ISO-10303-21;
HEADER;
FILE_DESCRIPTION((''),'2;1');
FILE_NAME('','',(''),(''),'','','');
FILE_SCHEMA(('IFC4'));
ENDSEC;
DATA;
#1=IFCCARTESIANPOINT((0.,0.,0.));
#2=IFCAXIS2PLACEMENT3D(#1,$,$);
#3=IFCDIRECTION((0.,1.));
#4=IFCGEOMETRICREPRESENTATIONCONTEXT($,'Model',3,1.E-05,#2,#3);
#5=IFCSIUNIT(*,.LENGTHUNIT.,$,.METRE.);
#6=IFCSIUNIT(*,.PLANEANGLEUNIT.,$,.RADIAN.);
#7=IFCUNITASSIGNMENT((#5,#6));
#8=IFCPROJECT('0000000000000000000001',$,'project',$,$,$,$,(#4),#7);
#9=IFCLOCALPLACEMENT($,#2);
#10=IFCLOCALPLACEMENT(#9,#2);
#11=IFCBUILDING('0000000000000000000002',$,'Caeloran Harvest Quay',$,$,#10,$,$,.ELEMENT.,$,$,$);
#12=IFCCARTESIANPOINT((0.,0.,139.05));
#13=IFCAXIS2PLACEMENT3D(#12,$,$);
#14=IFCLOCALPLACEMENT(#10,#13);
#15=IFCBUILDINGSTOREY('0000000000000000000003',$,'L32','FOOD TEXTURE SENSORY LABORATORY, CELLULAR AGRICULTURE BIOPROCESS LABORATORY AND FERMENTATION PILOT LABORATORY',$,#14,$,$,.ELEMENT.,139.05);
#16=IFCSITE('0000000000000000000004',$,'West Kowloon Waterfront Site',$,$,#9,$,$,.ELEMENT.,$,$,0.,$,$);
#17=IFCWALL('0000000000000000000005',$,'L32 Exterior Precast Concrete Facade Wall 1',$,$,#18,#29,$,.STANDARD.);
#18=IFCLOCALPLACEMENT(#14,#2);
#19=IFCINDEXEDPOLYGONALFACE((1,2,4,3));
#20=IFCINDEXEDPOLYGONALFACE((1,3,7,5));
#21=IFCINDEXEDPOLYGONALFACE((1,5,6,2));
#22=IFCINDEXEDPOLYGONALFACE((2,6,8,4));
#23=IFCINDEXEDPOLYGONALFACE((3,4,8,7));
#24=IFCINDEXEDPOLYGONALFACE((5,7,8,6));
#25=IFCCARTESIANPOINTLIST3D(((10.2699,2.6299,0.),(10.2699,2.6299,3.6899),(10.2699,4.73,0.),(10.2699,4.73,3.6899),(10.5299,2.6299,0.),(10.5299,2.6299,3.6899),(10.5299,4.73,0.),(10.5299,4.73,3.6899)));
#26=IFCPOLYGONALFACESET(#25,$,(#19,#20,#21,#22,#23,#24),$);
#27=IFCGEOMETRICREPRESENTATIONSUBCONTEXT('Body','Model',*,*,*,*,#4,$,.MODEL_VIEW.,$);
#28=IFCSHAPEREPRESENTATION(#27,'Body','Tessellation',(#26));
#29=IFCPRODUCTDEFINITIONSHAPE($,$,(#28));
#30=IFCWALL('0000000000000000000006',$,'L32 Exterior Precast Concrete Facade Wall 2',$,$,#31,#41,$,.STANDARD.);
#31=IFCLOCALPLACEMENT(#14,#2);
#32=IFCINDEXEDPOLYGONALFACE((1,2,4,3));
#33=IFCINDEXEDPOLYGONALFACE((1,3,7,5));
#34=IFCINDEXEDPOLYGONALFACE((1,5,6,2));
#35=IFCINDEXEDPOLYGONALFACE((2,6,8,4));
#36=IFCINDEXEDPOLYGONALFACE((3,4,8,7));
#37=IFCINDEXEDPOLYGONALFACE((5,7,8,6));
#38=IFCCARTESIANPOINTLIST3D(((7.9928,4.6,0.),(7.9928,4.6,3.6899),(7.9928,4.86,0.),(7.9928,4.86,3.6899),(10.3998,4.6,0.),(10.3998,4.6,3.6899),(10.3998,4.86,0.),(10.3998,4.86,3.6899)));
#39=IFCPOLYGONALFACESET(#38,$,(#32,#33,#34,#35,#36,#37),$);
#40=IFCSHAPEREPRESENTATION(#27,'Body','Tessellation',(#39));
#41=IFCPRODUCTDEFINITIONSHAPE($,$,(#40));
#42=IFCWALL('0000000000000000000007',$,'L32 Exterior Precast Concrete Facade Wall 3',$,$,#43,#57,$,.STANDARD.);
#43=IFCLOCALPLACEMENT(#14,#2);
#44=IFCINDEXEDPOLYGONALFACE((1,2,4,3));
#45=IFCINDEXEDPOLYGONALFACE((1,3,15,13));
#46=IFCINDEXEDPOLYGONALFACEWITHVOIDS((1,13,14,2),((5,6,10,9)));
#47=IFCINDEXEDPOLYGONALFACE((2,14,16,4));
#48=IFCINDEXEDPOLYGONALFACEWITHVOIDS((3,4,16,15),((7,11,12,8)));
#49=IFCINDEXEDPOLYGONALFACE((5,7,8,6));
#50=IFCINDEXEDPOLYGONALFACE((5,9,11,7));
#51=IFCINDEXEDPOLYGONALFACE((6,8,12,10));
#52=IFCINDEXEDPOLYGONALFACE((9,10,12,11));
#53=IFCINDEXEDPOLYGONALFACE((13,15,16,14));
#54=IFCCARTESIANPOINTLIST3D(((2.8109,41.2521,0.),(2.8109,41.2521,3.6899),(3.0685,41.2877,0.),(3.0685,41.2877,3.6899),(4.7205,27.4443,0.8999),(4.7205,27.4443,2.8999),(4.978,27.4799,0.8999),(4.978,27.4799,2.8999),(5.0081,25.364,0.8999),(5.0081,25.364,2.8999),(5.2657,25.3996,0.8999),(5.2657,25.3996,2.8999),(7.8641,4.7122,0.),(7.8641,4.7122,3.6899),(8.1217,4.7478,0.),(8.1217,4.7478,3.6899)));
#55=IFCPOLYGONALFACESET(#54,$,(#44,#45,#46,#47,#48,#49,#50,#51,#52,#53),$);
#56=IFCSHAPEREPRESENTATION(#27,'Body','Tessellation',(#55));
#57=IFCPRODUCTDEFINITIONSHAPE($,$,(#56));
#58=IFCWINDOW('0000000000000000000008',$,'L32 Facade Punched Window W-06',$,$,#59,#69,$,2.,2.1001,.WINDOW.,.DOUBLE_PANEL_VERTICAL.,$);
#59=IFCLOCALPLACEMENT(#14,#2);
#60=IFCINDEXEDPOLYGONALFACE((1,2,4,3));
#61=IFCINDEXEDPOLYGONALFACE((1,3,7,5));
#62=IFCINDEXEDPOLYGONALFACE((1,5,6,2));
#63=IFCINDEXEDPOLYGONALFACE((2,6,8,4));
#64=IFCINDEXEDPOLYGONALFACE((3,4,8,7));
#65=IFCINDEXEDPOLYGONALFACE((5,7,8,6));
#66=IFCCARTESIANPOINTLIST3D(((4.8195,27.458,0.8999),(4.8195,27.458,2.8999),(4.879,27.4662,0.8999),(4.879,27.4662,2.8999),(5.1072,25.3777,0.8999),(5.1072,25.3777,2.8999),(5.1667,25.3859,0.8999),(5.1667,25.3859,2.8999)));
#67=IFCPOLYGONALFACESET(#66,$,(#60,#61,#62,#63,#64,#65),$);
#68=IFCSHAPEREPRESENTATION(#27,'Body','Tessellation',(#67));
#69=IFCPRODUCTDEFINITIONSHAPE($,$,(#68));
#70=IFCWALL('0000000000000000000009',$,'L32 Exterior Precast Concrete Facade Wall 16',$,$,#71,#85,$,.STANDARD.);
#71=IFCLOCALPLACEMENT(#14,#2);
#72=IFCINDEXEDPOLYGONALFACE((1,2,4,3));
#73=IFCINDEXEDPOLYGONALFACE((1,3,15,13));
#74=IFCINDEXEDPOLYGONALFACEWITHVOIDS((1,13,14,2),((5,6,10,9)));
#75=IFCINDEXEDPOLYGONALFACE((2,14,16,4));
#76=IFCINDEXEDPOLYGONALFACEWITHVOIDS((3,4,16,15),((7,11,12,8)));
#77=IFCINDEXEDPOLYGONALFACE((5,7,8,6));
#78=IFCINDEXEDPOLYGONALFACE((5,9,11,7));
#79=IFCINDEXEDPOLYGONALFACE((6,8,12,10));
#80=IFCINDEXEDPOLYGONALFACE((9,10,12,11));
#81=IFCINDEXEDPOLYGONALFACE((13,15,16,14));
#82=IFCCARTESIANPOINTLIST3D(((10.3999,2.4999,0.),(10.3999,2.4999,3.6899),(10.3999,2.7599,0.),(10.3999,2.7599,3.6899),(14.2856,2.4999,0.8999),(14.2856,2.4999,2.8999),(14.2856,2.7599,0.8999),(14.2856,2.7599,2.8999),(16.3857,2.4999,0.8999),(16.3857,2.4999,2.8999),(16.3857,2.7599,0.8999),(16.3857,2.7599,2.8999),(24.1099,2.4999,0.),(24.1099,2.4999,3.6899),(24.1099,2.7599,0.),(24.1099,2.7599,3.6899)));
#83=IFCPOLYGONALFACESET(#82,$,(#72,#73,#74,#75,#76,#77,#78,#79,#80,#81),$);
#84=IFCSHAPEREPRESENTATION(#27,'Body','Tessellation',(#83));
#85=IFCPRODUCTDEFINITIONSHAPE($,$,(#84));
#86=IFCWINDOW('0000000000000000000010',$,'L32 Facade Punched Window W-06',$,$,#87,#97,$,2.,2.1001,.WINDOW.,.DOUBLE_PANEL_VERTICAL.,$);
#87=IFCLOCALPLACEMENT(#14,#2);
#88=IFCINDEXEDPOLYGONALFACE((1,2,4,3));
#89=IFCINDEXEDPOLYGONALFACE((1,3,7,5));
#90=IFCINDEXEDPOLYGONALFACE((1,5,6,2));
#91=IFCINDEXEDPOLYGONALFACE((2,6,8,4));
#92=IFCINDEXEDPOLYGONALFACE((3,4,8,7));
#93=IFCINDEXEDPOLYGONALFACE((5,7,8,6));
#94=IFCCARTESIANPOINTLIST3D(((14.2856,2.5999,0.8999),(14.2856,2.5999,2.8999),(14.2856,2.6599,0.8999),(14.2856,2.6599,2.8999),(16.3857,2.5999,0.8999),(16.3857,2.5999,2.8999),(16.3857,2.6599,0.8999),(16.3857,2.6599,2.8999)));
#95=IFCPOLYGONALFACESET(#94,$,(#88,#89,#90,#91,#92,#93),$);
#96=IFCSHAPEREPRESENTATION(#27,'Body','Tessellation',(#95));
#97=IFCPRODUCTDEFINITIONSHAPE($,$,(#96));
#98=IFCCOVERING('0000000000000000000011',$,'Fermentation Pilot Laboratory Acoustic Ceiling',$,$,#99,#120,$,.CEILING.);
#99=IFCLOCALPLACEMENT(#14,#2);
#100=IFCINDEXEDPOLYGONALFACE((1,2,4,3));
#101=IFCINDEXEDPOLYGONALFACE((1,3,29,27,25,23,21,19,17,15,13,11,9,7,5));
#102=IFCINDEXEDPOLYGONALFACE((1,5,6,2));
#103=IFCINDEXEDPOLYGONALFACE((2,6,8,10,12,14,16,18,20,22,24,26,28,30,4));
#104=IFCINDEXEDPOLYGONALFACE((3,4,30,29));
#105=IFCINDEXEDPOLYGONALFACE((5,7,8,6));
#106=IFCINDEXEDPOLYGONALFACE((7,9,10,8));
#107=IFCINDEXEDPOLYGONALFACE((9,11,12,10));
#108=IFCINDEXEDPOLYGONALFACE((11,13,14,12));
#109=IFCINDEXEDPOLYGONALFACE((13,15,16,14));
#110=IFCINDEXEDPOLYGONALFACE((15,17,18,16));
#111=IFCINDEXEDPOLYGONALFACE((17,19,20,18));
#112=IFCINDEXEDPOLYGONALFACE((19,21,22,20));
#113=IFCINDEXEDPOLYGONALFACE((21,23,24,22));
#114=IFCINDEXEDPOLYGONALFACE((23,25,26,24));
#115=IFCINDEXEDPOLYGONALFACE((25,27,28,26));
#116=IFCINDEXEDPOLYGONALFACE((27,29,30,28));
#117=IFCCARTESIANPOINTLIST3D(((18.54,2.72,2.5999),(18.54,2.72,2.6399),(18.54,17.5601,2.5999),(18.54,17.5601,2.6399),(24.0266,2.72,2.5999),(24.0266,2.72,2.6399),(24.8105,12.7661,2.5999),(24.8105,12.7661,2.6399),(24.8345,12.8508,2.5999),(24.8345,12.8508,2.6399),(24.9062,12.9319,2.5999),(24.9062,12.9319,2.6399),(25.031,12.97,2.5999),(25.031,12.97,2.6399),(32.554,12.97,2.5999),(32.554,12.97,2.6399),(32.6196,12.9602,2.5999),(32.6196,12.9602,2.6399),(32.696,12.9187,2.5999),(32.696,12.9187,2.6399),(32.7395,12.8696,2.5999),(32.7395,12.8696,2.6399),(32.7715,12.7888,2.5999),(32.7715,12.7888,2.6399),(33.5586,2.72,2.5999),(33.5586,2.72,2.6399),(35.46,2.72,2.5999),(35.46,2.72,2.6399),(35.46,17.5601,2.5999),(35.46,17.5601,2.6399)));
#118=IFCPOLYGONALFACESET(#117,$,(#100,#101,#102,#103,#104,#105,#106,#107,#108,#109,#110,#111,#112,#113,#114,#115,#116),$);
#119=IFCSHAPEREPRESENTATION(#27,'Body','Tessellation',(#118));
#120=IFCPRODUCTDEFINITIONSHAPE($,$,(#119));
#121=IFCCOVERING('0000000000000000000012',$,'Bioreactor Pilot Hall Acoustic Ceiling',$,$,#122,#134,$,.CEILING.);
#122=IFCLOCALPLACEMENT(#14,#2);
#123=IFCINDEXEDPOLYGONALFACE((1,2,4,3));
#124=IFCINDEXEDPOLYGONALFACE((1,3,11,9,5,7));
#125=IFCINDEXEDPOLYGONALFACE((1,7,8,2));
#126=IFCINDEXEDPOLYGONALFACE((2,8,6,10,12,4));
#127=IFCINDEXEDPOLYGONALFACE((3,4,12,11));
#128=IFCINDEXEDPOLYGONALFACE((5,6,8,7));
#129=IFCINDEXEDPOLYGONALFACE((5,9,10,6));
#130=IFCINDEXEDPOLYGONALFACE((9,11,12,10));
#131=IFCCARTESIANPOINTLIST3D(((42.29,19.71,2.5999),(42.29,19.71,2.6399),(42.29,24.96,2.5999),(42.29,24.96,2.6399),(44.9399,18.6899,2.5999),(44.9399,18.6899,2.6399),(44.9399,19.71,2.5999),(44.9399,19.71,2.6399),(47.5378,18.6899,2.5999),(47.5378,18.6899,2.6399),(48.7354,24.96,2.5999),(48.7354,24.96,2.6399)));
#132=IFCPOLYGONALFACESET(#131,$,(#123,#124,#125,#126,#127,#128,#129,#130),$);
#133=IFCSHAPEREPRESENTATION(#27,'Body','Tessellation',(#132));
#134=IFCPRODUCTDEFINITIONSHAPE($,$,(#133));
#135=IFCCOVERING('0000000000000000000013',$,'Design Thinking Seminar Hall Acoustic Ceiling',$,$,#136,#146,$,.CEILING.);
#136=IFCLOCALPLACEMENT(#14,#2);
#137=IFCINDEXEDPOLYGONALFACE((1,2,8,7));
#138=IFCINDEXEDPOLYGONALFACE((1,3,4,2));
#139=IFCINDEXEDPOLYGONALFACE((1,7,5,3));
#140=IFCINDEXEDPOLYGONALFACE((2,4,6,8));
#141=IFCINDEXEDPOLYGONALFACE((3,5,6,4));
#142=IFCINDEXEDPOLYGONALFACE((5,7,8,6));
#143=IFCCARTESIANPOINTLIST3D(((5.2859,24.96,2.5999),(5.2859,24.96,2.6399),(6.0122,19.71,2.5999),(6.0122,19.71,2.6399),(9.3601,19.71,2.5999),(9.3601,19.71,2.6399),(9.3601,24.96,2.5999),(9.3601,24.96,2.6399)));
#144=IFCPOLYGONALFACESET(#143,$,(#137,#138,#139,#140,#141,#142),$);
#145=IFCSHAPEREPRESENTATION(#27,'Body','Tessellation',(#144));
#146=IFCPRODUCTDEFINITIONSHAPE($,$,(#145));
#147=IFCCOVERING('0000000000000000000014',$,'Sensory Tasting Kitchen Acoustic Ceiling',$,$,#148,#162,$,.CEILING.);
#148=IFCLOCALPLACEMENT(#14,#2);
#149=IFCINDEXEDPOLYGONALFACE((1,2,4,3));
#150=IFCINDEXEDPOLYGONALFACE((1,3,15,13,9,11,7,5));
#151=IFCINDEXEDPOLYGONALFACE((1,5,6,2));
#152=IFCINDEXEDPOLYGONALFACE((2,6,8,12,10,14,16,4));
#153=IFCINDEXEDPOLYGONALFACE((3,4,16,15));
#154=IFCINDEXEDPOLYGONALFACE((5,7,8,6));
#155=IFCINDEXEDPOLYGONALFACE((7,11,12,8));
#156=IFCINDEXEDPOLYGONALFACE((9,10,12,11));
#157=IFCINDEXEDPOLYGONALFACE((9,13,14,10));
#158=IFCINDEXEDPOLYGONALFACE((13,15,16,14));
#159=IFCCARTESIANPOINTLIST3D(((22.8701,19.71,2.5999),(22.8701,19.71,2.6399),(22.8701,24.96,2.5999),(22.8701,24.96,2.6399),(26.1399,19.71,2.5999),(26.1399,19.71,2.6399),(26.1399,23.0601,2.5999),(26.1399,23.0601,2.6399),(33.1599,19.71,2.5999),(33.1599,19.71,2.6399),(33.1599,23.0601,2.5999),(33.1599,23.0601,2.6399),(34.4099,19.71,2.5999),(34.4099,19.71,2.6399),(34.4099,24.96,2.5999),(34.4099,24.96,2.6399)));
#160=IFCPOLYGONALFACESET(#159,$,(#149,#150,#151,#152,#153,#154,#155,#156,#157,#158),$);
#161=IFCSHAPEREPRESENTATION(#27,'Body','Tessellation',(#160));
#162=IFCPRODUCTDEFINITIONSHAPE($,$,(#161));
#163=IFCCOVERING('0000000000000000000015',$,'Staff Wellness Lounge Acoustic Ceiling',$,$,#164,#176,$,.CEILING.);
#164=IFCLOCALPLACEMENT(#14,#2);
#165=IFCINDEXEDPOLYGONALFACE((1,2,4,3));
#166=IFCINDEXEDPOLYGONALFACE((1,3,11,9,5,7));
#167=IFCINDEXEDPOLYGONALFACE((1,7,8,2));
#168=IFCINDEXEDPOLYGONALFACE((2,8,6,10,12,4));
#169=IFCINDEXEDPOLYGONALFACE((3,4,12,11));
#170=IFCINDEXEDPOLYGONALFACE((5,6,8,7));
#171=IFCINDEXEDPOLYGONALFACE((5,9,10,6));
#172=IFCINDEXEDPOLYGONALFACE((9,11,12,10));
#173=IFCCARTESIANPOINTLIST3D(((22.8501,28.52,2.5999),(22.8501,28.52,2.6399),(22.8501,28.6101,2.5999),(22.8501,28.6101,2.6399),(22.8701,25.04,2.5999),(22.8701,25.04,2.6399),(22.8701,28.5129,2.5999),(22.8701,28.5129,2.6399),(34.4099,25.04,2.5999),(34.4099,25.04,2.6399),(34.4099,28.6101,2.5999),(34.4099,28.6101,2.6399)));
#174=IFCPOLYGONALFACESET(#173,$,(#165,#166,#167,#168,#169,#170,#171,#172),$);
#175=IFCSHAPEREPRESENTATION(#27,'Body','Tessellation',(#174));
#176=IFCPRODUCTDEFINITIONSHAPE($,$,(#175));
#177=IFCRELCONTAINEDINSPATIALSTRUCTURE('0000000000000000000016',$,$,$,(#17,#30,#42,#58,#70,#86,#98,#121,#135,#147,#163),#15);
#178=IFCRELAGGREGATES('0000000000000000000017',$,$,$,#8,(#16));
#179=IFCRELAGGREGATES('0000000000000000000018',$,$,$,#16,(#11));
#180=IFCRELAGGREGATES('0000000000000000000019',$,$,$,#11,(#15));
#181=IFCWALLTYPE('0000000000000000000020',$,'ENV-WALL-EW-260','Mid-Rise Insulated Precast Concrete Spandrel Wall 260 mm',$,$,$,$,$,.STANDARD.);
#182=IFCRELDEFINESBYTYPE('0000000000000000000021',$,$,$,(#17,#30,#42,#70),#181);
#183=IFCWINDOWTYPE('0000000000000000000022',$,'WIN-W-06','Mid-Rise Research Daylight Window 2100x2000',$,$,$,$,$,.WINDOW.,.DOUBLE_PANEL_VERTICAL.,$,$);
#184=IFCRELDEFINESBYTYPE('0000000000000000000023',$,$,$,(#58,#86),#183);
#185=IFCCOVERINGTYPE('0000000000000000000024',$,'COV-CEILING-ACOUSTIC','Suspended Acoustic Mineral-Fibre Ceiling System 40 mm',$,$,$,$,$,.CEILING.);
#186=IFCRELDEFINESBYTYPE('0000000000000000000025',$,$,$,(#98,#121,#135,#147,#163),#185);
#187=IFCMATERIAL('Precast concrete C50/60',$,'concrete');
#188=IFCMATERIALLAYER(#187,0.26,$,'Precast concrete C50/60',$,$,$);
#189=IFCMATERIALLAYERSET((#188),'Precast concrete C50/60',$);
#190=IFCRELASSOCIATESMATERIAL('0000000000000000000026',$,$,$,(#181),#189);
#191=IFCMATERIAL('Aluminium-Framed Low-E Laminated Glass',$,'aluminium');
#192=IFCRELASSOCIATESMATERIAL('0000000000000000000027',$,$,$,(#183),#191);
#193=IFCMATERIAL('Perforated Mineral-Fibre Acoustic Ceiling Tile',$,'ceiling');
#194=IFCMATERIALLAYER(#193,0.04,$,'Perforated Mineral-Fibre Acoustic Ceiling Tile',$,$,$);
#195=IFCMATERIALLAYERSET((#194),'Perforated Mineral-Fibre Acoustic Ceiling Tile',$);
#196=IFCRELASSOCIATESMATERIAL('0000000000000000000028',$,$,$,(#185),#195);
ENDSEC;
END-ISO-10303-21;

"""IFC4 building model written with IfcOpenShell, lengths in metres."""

from ifc_helpers import new_model, si_unit, direction, frame, frame_2d, origin, place, context, subcontext, project, spatial, polyline, rectangle, outline, extrude, material, layer, layer_set, type_object, element, fill, save


model = new_model("IFC4")

# Units and contexts
model_context = context("Model", 3, precision=1e-05, world=origin(), true_north=direction((0.0, 1.0)))
body_context = subcontext(model_context, "Body", "Model", "MODEL_VIEW")
ifc_project = project(units=[si_unit("LENGTHUNIT", "METRE"), si_unit("PLANEANGLEUNIT", "RADIAN")], contexts=[model_context])

# Site, building, storey
site_placement = place(None, origin())
site = spatial("IfcSite", under=ifc_project, at=site_placement, Name="West Kowloon Waterfront Site", CompositionType="ELEMENT", RefElevation=0.0)
building_placement = place(site_placement, origin())
building = spatial("IfcBuilding", under=site, at=building_placement, Name="Caeloran Harvest Quay", CompositionType="ELEMENT")
storey_placement = place(building_placement, frame((0.0, 0.0, 139.05)))
storey = spatial("IfcBuildingStorey", under=building, at=storey_placement, Name="L32", Description="FOOD TEXTURE SENSORY LABORATORY, CELLULAR AGRICULTURE BIOPROCESS LABORATORY AND FERMENTATION PILOT LABORATORY", CompositionType="ELEMENT", Elevation=139.05)

# Walls
ifc_material_1 = material(Name="Precast concrete C50/60", Category="concrete")
ifc_layer_1 = layer(ifc_material_1, 0.26, Name="Precast concrete C50/60")
ifc_layer_set_1 = layer_set([ifc_layer_1], Name="Precast concrete C50/60")
wall_type = type_object("IfcWallType", Name="ENV-WALL-EW-260", Description="Mid-Rise Insulated Precast Concrete Spandrel Wall 260 mm", PredefinedType="STANDARD", material=ifc_layer_set_1)
wall_1_placement = place(storey_placement, frame((10.3999, 2.6299, 0.0), z_axis=(0.0, 0.0, 1.0), x_axis=(0.0, 1.0, 0.0)))
element("IfcWall", 1, at=wall_1_placement, inside=storey, type_object=wall_type, Name="L32 Exterior Precast Concrete Facade Wall 1", PredefinedType="STANDARD", context=body_context, shape_type="SweptSolid", body=[
    extrude(rectangle(XDim=2.1001, YDim=0.26, at=frame_2d((1.05, 0.0))), origin(), (0.0, 0.0, 1.0), 3.6899),
])
wall_2_placement = place(storey_placement, frame((10.3999, 4.73, 0.0), z_axis=(0.0, 0.0, 1.0), x_axis=(-1.0, 0.0, 0.0)))
element("IfcWall", 2, at=wall_2_placement, inside=storey, type_object=wall_type, Name="L32 Exterior Precast Concrete Facade Wall 2", PredefinedType="STANDARD", context=body_context, shape_type="SweptSolid", body=[
    extrude(rectangle(XDim=2.407, YDim=0.26, at=frame_2d((1.2036, 0.0))), origin(), (0.0, 0.0, 1.0), 3.6899),
])

# Walls, openings, windows
wall_3_placement = place(storey_placement, frame((7.9929, 4.73, 0.0), z_axis=(0.0, 0.0, 1.0), x_axis=(-0.136989, 0.990573, 0.0)))
wall_3 = element("IfcWall", 3, at=wall_3_placement, inside=storey, type_object=wall_type, Name="L32 Exterior Precast Concrete Facade Wall 3", PredefinedType="STANDARD", context=body_context, shape_type="SweptSolid", body=[
    extrude(rectangle(XDim=36.8877, YDim=0.26, at=frame_2d((18.4438, 0.0))), origin(), (0.0, 0.0, 1.0), 3.6899),
])
opening_1_placement = place(wall_3_placement, frame((20.8484, 0.0, 0.8999)))
opening_1 = element("IfcOpeningElement", 4, at=opening_1_placement, cuts=wall_3, PredefinedType="OPENING", context=body_context, shape_type="SweptSolid", body=[
    extrude(rectangle(XDim=2.1001, YDim=2.0, at=frame_2d((1.05, 1.0))), frame((0.0, 0.1401, 0.0), z_axis=(0.0, -1.0, 0.0), x_axis=(1.0, 0.0, 0.0)), (0.0, 0.0, 1.0), 0.28),
])
ifc_material_2 = material(Name="Aluminium-Framed Low-E Laminated Glass", Category="aluminium")
window_type = type_object("IfcWindowType", Name="WIN-W-06", Description="Mid-Rise Research Daylight Window 2100x2000", PartitioningType="DOUBLE_PANEL_VERTICAL", PredefinedType="WINDOW", material=ifc_material_2)
window_1_placement = place(opening_1_placement, origin())
window_1 = element("IfcWindow", 5, at=window_1_placement, inside=storey, type_object=window_type, Name="L32 Facade Punched Window W-06", OverallHeight=2.0, OverallWidth=2.1001, PartitioningType="DOUBLE_PANEL_VERTICAL", PredefinedType="WINDOW", context=body_context, shape_type="SweptSolid", body=[
    extrude(rectangle(XDim=2.1001, YDim=2.0, at=frame_2d((1.05, 1.0))), frame((0.0, 0.03, 0.0), z_axis=(0.0, -1.0, 0.0), x_axis=(1.0, 0.0, 0.0)), (0.0, 0.0, 1.0), 0.0601),
])
fill(opening_1, window_1)
wall_4_placement = place(storey_placement, frame((24.1099, 2.6299, 0.0), z_axis=(0.0, 0.0, 1.0), x_axis=(-1.0, 0.0, 0.0)))
wall_4 = element("IfcWall", 6, at=wall_4_placement, inside=storey, type_object=wall_type, Name="L32 Exterior Precast Concrete Facade Wall 16", PredefinedType="STANDARD", context=body_context, shape_type="SweptSolid", body=[
    extrude(rectangle(XDim=13.71, YDim=0.26, at=frame_2d((6.855, 0.0))), origin(), (0.0, 0.0, 1.0), 3.6899),
])
opening_2_placement = place(wall_4_placement, frame((7.7241, 0.0, 0.8999)))
opening_2 = element("IfcOpeningElement", 7, at=opening_2_placement, cuts=wall_4, PredefinedType="OPENING", context=body_context, shape_type="SweptSolid", body=[
    extrude(rectangle(XDim=2.1001, YDim=2.0, at=frame_2d((1.05, 1.0))), frame((0.0, 0.1401, 0.0), z_axis=(0.0, -1.0, 0.0), x_axis=(1.0, 0.0, 0.0)), (0.0, 0.0, 1.0), 0.28),
])
window_2_placement = place(opening_2_placement, origin())
window_2 = element("IfcWindow", 8, at=window_2_placement, inside=storey, type_object=window_type, Name="L32 Facade Punched Window W-06", OverallHeight=2.0, OverallWidth=2.1001, PartitioningType="DOUBLE_PANEL_VERTICAL", PredefinedType="WINDOW", context=body_context, shape_type="SweptSolid", body=[
    extrude(rectangle(XDim=2.1001, YDim=2.0, at=frame_2d((1.05, 1.0))), frame((0.0, 0.03, 0.0), z_axis=(0.0, -1.0, 0.0), x_axis=(1.0, 0.0, 0.0)), (0.0, 0.0, 1.0), 0.0601),
])
fill(opening_2, window_2)

# Coverings
ifc_material_3 = material(Name="Perforated Mineral-Fibre Acoustic Ceiling Tile", Category="ceiling")
ifc_layer_2 = layer(ifc_material_3, 0.04, Name="Perforated Mineral-Fibre Acoustic Ceiling Tile")
ifc_layer_set_2 = layer_set([ifc_layer_2], Name="Perforated Mineral-Fibre Acoustic Ceiling Tile")
covering_type_1 = type_object("IfcCoveringType", Name="COV-CEILING-ACOUSTIC", Description="Suspended Acoustic Mineral-Fibre Ceiling System 40 mm", PredefinedType="CEILING", material=ifc_layer_set_2)
covering_1_placement = place(storey_placement, frame((0.0, 0.0, 2.5999)))
element("IfcCovering", 9, at=covering_1_placement, inside=storey, type_object=covering_type_1, Name="Fermentation Pilot Laboratory Acoustic Ceiling", PredefinedType="CEILING", context=body_context, shape_type="SweptSolid", body=[
    extrude(outline(polyline([(32.7715, 12.7888), (32.7395, 12.8696), (32.696, 12.9187), (32.6196, 12.9602), (32.554, 12.97), (25.031, 12.97), (24.9062, 12.9319), (24.8345, 12.8508), (24.8105, 12.7661), (24.0266, 2.72), (18.54, 2.72), (18.54, 17.5601), (35.46, 17.5601), (35.46, 2.72), (33.5586, 2.72), (32.7715, 12.7888)])), origin(), (0.0, 0.0, 1.0), 0.04),
])
covering_2_placement = place(storey_placement, frame((0.0, 0.0, 2.5999)))
element("IfcCovering", 10, at=covering_2_placement, inside=storey, type_object=covering_type_1, Name="Bioreactor Pilot Hall Acoustic Ceiling", PredefinedType="CEILING", context=body_context, shape_type="SweptSolid", body=[
    extrude(outline(polyline([(44.9399, 19.71), (42.29, 19.71), (42.29, 24.96), (48.7354, 24.96), (47.5378, 18.6899), (44.9399, 18.6899), (44.9399, 19.71)])), origin(), (0.0, 0.0, 1.0), 0.04),
])
covering_3_placement = place(storey_placement, frame((0.0, 0.0, 2.5999)))
element("IfcCovering", 11, at=covering_3_placement, inside=storey, type_object=covering_type_1, Name="Design Thinking Seminar Hall Acoustic Ceiling", PredefinedType="CEILING", context=body_context, shape_type="SweptSolid", body=[
    extrude(outline(polyline([(9.3601, 19.71), (6.0122, 19.71), (5.2859, 24.96), (9.3601, 24.96), (9.3601, 19.71)])), origin(), (0.0, 0.0, 1.0), 0.04),
])
covering_4_placement = place(storey_placement, frame((0.0, 0.0, 2.5999)))
element("IfcCovering", 12, at=covering_4_placement, inside=storey, type_object=covering_type_1, Name="Sensory Tasting Kitchen Acoustic Ceiling", PredefinedType="CEILING", context=body_context, shape_type="SweptSolid", body=[
    extrude(outline(polyline([(26.1399, 23.0601), (26.1399, 19.71), (22.8701, 19.71), (22.8701, 24.96), (34.4099, 24.96), (34.4099, 19.71), (33.1599, 19.71), (33.1599, 23.0601), (26.1399, 23.0601)])), origin(), (0.0, 0.0, 1.0), 0.04),
])
covering_5_placement = place(storey_placement, frame((0.0, 0.0, 2.5999)))
element("IfcCovering", 13, at=covering_5_placement, inside=storey, type_object=covering_type_1, Name="Staff Wellness Lounge Acoustic Ceiling", PredefinedType="CEILING", context=body_context, shape_type="SweptSolid", body=[
    extrude(outline(polyline([(22.8701, 28.5129), (22.8501, 28.52), (22.8501, 28.6101), (34.4099, 28.6101), (34.4099, 25.04), (22.8701, 25.04), (22.8701, 28.5129)])), origin(), (0.0, 0.0, 1.0), 0.04),
])

save(model, "model.ifc")
